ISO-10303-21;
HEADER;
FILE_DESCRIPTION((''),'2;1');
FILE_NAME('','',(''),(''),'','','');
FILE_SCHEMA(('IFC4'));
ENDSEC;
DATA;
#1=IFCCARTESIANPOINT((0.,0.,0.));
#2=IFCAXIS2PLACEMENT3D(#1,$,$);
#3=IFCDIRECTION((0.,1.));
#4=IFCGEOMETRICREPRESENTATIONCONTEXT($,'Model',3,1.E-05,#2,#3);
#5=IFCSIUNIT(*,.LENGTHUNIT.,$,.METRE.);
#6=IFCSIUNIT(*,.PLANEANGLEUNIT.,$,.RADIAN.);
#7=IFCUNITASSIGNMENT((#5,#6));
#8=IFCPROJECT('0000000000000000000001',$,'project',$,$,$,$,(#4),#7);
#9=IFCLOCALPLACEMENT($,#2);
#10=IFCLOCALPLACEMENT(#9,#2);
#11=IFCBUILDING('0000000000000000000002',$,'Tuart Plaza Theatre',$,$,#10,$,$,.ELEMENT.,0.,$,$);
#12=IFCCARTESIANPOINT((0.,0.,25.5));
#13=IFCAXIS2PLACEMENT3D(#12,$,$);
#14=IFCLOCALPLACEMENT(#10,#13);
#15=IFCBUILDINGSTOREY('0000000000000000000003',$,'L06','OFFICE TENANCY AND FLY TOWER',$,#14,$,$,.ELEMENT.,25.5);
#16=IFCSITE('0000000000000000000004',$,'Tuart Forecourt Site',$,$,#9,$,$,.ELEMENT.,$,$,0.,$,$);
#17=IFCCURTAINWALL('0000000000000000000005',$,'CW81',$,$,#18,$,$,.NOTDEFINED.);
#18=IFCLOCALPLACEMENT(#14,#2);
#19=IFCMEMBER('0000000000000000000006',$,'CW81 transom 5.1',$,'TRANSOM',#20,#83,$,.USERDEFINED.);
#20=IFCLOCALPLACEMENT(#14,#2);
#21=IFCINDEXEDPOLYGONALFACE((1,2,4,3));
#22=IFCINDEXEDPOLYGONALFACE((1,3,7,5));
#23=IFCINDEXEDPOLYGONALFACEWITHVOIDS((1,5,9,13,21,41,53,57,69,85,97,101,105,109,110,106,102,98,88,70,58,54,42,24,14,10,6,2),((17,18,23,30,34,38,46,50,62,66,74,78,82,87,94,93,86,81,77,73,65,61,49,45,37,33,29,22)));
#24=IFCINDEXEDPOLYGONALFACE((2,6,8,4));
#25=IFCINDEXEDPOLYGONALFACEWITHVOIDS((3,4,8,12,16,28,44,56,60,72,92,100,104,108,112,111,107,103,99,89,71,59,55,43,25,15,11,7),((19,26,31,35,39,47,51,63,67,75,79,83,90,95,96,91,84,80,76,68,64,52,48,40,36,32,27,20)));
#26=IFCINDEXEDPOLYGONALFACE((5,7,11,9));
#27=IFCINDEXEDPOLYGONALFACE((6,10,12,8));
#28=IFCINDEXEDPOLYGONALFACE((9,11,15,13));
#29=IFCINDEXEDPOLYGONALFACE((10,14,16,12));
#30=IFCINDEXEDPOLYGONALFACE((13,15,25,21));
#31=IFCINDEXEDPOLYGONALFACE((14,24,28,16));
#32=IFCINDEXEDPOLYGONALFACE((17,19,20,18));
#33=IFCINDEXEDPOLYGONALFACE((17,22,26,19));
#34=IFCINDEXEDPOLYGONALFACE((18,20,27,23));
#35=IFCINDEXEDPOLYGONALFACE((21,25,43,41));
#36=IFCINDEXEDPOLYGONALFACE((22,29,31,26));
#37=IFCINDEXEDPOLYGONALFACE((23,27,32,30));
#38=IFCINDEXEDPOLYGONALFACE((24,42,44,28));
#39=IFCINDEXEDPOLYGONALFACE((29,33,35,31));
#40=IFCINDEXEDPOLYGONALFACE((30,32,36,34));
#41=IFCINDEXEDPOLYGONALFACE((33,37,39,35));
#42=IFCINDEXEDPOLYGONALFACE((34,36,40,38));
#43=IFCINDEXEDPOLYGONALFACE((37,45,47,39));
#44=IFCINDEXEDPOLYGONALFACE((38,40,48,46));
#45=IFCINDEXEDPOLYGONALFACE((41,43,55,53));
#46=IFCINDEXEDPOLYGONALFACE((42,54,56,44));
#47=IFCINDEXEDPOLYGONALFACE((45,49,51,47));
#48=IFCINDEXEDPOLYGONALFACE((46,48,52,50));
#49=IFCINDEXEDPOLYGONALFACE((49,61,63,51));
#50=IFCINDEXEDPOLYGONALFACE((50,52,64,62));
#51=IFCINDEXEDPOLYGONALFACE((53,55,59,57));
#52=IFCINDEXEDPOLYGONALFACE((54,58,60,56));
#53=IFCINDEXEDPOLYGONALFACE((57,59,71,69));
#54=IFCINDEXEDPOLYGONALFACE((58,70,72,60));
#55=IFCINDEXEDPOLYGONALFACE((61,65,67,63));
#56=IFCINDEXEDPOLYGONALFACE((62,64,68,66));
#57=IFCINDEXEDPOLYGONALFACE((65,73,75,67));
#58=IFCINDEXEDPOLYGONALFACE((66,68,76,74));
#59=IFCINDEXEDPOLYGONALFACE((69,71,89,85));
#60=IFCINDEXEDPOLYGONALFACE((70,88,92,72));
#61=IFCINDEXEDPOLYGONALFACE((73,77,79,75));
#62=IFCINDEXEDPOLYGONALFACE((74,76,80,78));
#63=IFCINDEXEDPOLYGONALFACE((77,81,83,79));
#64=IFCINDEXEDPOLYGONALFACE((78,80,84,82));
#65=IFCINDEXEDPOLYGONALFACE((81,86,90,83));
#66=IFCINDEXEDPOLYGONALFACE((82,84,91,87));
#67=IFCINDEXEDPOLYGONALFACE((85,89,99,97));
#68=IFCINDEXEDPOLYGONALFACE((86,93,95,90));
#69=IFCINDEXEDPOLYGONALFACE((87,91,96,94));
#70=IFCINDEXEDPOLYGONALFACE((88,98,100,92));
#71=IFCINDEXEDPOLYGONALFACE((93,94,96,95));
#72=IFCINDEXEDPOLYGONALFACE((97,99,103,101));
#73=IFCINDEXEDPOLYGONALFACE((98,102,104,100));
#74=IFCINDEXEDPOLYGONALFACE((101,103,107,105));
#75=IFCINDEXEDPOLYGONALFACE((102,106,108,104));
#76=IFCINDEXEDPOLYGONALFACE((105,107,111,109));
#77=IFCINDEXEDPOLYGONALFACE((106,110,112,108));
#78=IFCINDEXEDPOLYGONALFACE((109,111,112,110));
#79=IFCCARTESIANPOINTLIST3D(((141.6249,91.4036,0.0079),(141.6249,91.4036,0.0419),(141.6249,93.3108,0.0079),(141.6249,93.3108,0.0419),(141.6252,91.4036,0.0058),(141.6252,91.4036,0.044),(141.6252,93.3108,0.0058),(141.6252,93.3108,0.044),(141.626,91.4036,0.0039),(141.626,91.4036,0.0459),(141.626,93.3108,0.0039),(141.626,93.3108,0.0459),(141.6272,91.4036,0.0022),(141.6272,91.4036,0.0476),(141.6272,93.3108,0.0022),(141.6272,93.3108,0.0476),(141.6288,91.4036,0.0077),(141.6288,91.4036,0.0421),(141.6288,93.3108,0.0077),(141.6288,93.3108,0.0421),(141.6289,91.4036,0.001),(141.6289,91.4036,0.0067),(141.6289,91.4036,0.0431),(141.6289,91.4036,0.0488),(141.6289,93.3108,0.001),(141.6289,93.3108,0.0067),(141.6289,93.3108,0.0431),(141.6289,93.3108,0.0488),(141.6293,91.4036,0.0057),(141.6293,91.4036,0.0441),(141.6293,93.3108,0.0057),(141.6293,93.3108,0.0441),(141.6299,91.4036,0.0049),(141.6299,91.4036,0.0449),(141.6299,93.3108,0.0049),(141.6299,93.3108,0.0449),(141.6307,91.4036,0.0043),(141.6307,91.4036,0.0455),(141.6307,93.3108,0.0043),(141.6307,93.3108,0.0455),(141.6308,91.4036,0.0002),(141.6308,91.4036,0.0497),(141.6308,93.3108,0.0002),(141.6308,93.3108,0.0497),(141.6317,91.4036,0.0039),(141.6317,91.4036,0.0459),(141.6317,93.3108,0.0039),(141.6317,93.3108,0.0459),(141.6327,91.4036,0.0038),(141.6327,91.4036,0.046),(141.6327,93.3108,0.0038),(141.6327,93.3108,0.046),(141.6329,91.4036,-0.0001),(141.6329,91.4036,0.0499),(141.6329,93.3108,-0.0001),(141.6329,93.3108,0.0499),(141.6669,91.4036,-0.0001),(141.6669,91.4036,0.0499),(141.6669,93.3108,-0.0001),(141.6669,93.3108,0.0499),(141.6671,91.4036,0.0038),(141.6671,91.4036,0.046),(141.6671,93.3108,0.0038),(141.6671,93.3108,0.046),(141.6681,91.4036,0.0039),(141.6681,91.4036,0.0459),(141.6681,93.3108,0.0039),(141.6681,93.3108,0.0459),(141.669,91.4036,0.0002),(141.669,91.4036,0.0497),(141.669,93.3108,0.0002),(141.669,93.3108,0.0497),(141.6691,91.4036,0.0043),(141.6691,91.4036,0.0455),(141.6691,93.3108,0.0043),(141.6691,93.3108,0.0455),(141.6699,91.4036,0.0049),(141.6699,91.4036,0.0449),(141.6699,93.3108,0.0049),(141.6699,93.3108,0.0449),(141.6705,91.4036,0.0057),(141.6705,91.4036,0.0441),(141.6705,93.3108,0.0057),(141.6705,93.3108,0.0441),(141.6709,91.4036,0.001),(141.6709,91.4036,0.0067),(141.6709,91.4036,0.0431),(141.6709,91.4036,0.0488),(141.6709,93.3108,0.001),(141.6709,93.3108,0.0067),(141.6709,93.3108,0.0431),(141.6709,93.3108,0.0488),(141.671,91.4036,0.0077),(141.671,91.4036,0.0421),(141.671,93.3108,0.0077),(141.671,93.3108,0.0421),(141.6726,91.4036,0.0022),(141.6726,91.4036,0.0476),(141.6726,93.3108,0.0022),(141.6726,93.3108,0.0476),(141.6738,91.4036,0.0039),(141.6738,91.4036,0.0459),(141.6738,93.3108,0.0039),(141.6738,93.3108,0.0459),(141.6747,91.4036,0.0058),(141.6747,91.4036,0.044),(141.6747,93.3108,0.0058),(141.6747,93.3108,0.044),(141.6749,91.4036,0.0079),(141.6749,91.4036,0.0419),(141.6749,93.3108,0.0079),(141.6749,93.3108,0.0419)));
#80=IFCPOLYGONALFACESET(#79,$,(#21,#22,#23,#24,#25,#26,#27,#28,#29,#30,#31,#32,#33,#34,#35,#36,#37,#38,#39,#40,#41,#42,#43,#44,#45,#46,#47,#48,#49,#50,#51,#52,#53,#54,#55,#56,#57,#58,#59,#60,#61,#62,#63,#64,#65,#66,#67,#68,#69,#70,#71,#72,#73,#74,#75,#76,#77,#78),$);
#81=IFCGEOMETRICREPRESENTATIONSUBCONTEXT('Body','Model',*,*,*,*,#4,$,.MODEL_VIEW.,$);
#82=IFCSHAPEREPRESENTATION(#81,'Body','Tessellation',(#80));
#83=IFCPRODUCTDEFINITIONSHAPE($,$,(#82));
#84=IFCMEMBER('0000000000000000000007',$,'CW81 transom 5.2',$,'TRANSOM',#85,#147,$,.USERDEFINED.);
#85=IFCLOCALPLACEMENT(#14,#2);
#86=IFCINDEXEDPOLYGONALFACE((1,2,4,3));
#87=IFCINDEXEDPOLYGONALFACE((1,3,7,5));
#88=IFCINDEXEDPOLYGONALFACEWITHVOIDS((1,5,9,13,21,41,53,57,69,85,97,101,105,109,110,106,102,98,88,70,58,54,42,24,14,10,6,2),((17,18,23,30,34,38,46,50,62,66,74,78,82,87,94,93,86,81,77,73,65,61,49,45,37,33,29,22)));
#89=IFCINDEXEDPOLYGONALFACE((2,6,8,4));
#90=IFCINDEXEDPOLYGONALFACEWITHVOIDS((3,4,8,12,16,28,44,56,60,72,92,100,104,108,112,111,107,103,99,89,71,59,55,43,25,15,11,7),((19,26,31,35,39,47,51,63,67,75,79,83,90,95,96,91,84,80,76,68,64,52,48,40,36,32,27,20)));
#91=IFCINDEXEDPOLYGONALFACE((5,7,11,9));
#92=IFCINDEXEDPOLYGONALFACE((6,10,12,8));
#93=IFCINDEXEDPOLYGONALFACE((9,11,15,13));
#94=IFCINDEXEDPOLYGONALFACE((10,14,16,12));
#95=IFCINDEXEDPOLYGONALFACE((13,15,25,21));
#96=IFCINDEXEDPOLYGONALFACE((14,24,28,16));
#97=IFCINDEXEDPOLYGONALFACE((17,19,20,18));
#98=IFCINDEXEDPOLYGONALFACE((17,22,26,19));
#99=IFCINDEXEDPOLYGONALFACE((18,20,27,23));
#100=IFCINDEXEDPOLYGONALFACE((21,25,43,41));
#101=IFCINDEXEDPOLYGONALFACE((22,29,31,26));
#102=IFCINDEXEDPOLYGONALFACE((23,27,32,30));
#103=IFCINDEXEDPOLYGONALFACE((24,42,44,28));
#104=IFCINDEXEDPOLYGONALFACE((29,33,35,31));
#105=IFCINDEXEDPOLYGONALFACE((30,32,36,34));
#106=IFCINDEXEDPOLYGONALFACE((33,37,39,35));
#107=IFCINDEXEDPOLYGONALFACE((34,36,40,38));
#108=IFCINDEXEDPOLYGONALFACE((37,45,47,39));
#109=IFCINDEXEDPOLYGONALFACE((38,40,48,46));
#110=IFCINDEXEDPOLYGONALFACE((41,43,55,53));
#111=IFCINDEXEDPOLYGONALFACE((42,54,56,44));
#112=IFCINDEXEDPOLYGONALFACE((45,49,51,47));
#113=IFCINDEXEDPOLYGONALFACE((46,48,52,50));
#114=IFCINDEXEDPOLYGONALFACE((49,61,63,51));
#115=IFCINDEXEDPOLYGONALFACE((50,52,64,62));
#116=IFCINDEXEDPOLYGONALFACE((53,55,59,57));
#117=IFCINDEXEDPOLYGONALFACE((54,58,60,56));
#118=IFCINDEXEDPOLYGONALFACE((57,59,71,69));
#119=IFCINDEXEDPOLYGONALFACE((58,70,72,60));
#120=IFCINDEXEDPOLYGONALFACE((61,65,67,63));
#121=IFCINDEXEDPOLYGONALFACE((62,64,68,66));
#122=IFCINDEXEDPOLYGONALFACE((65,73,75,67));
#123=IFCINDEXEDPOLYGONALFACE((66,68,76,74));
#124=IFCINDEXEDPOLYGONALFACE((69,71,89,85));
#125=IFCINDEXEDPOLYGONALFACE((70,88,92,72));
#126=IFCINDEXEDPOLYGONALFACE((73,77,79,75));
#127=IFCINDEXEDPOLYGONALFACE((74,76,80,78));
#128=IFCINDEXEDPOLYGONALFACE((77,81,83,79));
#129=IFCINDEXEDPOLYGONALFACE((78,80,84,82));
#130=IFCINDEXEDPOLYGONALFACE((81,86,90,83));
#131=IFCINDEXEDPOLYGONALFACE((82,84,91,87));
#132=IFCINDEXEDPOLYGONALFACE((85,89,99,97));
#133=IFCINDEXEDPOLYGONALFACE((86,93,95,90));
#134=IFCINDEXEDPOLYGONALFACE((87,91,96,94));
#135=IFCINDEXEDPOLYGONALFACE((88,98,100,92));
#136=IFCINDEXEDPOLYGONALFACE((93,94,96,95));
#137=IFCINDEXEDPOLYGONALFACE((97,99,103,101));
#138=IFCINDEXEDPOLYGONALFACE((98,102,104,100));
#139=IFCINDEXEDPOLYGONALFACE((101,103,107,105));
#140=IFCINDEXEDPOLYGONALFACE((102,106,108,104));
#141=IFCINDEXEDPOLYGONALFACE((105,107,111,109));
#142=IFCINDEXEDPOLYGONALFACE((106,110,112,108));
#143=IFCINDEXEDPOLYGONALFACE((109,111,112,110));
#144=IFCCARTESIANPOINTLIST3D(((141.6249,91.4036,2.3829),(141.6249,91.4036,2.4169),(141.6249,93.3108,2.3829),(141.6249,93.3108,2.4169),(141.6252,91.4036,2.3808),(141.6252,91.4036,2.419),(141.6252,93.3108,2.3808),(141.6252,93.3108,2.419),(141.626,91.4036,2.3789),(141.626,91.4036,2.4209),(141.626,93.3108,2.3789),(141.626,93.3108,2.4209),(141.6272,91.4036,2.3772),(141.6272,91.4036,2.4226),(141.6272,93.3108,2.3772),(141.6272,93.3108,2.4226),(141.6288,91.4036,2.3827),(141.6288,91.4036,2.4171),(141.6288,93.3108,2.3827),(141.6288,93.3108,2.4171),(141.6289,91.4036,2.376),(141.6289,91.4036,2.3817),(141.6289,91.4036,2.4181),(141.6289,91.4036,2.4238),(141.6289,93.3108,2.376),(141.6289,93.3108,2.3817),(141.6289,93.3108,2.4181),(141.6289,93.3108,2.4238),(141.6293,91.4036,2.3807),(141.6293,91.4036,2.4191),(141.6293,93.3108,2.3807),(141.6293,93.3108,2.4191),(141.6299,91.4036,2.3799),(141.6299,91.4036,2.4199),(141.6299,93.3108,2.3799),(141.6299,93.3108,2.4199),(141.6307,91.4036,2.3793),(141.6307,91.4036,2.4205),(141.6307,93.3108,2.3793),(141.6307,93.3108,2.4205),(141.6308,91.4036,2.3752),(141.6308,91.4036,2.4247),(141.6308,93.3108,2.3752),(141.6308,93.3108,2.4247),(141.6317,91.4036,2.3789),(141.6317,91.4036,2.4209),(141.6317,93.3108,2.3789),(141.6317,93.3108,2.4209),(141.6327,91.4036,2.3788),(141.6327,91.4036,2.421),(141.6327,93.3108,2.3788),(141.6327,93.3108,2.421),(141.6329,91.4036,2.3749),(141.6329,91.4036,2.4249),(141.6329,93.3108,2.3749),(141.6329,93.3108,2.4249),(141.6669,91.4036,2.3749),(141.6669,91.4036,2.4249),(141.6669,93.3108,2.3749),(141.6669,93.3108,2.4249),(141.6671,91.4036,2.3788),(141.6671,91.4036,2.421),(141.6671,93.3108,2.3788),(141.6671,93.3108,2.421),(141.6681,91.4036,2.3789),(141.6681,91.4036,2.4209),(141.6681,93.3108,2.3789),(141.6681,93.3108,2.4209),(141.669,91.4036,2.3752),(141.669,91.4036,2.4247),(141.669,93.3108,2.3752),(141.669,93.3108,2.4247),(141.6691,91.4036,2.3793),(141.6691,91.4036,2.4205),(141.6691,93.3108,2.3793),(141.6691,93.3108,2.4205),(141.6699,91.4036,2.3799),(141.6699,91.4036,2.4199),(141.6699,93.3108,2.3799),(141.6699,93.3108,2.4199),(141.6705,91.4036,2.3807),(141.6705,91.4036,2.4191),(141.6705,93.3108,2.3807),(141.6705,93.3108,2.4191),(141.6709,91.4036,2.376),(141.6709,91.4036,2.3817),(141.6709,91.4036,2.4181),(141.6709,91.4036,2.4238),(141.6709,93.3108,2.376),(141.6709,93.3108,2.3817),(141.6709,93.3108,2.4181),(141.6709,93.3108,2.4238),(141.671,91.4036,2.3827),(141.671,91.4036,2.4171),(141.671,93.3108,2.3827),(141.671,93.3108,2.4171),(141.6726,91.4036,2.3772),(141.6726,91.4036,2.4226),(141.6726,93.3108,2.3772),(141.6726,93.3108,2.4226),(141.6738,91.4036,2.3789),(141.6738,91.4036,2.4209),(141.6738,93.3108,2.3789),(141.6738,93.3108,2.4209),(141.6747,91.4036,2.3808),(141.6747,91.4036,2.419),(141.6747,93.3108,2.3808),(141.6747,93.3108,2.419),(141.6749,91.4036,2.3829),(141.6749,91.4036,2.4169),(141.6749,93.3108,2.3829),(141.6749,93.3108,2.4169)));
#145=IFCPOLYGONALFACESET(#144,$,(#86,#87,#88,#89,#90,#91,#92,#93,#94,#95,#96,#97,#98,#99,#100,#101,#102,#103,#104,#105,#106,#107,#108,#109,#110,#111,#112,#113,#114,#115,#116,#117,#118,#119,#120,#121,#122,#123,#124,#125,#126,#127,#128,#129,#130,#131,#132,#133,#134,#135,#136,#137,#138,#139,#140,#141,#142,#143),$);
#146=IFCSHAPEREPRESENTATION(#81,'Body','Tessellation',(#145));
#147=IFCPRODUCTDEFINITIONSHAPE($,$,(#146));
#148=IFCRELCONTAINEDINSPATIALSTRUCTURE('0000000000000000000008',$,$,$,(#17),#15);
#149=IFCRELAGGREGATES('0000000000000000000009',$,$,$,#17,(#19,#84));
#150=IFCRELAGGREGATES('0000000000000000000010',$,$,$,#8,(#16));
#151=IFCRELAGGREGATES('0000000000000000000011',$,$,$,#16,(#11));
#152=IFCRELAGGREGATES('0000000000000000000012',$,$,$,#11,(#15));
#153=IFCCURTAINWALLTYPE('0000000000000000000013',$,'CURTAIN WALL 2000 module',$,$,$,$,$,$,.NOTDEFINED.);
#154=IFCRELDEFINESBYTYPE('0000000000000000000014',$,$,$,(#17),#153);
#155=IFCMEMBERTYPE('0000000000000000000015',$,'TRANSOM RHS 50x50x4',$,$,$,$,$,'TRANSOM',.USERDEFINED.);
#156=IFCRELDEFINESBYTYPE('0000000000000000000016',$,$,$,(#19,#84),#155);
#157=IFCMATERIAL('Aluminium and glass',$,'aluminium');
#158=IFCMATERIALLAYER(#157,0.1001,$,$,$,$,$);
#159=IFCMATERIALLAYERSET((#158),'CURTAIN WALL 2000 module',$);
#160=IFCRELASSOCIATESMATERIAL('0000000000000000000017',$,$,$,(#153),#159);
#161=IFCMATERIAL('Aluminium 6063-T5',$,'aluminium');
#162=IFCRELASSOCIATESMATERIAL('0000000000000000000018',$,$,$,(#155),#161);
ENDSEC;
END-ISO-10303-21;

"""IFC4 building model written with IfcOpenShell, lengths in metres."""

from ifc_helpers import new_model, si_unit, direction, frame, origin, origin_2d, place, context, subcontext, project, spatial, hollow_rectangle, extrude, material, layer, layer_set, material_profile, profile_set, type_object, element, aggregate, save


model = new_model("IFC4")

# Units and contexts
model_context = context("Model", 3, precision=1e-05, world=origin(), true_north=direction((0.0, 1.0)))
body_context = subcontext(model_context, "Body", "Model", "MODEL_VIEW")
ifc_project = project(units=[si_unit("LENGTHUNIT", "METRE"), si_unit("PLANEANGLEUNIT", "RADIAN")], contexts=[model_context])

# Site, building, storey
site_placement = place(None, origin())
site = spatial("IfcSite", under=ifc_project, at=site_placement, Name="Tuart Forecourt Site", CompositionType="ELEMENT", RefElevation=0.0)
building_placement = place(site_placement, origin())
building = spatial("IfcBuilding", under=site, at=building_placement, Name="Tuart Plaza Theatre", CompositionType="ELEMENT", ElevationOfRefHeight=0.0)
storey_placement = place(building_placement, frame((0.0, 0.0, 25.5)))
storey = spatial("IfcBuildingStorey", under=building, at=storey_placement, Name="L06", Description="OFFICE TENANCY AND FLY TOWER", CompositionType="ELEMENT", Elevation=25.5)

# Curtain wall
ifc_material_1 = material(Name="Aluminium and glass", Category="aluminium")
ifc_layer_1 = layer(ifc_material_1, 0.1001)
ifc_layer_set_1 = layer_set([ifc_layer_1], Name="CURTAIN WALL 2000 module")
curtain_wall_type = type_object("IfcCurtainWallType", Name="CURTAIN WALL 2000 module", PredefinedType="NOTDEFINED", material=ifc_layer_set_1)
curtain_wall_1_placement = place(storey_placement, origin())
curtain_wall_1 = element("IfcCurtainWall", 1, at=curtain_wall_1_placement, inside=storey, type_object=curtain_wall_type, Name="CW81", PredefinedType="NOTDEFINED")

# Members
ifc_material_2 = material(Name="Aluminium 6063-T5", Category="aluminium")
ifc_material_profile_1 = material_profile(ifc_material_2, hollow_rectangle(XDim=0.05, YDim=0.05, WallThickness=0.0039, InnerFilletRadius=0.0039, OuterFilletRadius=0.0081, at=origin_2d()), Name="RHS 50x50x4")
ifc_profile_set_1 = profile_set([ifc_material_profile_1], Name="Aluminium 6063-T5")
member_type_1 = type_object("IfcMemberType", Name="TRANSOM RHS 50x50x4", ElementType="TRANSOM", PredefinedType="USERDEFINED", material=ifc_profile_set_1)
member_1_placement = place(storey_placement, frame((141.6499, 91.4036, 0.0249), z_axis=(0.0, 1.0, 0.0), x_axis=(-1.0, 0.0, 0.0)))
member_1 = element("IfcMember", 2, at=member_1_placement, type_object=member_type_1, Name="CW81 transom 5.1", ObjectType="TRANSOM", PredefinedType="USERDEFINED", context=body_context, shape_type="SweptSolid", body=[
    extrude(hollow_rectangle(XDim=0.05, YDim=0.05, WallThickness=0.0039, InnerFilletRadius=0.0039, OuterFilletRadius=0.0081, at=origin_2d()), origin(), (0.0, 0.0, 1.0), 1.9072),
])
member_2_placement = place(storey_placement, frame((141.6499, 91.4036, 2.3999), z_axis=(0.0, 1.0, 0.0), x_axis=(-1.0, 0.0, 0.0)))
member_2 = element("IfcMember", 3, at=member_2_placement, type_object=member_type_1, Name="CW81 transom 5.2", ObjectType="TRANSOM", PredefinedType="USERDEFINED", context=body_context, shape_type="SweptSolid", body=[
    extrude(hollow_rectangle(XDim=0.05, YDim=0.05, WallThickness=0.0039, InnerFilletRadius=0.0039, OuterFilletRadius=0.0081, at=origin_2d()), origin(), (0.0, 0.0, 1.0), 1.9072),
])

aggregate(curtain_wall_1, [member_1, member_2])

save(model, "model.ifc")
